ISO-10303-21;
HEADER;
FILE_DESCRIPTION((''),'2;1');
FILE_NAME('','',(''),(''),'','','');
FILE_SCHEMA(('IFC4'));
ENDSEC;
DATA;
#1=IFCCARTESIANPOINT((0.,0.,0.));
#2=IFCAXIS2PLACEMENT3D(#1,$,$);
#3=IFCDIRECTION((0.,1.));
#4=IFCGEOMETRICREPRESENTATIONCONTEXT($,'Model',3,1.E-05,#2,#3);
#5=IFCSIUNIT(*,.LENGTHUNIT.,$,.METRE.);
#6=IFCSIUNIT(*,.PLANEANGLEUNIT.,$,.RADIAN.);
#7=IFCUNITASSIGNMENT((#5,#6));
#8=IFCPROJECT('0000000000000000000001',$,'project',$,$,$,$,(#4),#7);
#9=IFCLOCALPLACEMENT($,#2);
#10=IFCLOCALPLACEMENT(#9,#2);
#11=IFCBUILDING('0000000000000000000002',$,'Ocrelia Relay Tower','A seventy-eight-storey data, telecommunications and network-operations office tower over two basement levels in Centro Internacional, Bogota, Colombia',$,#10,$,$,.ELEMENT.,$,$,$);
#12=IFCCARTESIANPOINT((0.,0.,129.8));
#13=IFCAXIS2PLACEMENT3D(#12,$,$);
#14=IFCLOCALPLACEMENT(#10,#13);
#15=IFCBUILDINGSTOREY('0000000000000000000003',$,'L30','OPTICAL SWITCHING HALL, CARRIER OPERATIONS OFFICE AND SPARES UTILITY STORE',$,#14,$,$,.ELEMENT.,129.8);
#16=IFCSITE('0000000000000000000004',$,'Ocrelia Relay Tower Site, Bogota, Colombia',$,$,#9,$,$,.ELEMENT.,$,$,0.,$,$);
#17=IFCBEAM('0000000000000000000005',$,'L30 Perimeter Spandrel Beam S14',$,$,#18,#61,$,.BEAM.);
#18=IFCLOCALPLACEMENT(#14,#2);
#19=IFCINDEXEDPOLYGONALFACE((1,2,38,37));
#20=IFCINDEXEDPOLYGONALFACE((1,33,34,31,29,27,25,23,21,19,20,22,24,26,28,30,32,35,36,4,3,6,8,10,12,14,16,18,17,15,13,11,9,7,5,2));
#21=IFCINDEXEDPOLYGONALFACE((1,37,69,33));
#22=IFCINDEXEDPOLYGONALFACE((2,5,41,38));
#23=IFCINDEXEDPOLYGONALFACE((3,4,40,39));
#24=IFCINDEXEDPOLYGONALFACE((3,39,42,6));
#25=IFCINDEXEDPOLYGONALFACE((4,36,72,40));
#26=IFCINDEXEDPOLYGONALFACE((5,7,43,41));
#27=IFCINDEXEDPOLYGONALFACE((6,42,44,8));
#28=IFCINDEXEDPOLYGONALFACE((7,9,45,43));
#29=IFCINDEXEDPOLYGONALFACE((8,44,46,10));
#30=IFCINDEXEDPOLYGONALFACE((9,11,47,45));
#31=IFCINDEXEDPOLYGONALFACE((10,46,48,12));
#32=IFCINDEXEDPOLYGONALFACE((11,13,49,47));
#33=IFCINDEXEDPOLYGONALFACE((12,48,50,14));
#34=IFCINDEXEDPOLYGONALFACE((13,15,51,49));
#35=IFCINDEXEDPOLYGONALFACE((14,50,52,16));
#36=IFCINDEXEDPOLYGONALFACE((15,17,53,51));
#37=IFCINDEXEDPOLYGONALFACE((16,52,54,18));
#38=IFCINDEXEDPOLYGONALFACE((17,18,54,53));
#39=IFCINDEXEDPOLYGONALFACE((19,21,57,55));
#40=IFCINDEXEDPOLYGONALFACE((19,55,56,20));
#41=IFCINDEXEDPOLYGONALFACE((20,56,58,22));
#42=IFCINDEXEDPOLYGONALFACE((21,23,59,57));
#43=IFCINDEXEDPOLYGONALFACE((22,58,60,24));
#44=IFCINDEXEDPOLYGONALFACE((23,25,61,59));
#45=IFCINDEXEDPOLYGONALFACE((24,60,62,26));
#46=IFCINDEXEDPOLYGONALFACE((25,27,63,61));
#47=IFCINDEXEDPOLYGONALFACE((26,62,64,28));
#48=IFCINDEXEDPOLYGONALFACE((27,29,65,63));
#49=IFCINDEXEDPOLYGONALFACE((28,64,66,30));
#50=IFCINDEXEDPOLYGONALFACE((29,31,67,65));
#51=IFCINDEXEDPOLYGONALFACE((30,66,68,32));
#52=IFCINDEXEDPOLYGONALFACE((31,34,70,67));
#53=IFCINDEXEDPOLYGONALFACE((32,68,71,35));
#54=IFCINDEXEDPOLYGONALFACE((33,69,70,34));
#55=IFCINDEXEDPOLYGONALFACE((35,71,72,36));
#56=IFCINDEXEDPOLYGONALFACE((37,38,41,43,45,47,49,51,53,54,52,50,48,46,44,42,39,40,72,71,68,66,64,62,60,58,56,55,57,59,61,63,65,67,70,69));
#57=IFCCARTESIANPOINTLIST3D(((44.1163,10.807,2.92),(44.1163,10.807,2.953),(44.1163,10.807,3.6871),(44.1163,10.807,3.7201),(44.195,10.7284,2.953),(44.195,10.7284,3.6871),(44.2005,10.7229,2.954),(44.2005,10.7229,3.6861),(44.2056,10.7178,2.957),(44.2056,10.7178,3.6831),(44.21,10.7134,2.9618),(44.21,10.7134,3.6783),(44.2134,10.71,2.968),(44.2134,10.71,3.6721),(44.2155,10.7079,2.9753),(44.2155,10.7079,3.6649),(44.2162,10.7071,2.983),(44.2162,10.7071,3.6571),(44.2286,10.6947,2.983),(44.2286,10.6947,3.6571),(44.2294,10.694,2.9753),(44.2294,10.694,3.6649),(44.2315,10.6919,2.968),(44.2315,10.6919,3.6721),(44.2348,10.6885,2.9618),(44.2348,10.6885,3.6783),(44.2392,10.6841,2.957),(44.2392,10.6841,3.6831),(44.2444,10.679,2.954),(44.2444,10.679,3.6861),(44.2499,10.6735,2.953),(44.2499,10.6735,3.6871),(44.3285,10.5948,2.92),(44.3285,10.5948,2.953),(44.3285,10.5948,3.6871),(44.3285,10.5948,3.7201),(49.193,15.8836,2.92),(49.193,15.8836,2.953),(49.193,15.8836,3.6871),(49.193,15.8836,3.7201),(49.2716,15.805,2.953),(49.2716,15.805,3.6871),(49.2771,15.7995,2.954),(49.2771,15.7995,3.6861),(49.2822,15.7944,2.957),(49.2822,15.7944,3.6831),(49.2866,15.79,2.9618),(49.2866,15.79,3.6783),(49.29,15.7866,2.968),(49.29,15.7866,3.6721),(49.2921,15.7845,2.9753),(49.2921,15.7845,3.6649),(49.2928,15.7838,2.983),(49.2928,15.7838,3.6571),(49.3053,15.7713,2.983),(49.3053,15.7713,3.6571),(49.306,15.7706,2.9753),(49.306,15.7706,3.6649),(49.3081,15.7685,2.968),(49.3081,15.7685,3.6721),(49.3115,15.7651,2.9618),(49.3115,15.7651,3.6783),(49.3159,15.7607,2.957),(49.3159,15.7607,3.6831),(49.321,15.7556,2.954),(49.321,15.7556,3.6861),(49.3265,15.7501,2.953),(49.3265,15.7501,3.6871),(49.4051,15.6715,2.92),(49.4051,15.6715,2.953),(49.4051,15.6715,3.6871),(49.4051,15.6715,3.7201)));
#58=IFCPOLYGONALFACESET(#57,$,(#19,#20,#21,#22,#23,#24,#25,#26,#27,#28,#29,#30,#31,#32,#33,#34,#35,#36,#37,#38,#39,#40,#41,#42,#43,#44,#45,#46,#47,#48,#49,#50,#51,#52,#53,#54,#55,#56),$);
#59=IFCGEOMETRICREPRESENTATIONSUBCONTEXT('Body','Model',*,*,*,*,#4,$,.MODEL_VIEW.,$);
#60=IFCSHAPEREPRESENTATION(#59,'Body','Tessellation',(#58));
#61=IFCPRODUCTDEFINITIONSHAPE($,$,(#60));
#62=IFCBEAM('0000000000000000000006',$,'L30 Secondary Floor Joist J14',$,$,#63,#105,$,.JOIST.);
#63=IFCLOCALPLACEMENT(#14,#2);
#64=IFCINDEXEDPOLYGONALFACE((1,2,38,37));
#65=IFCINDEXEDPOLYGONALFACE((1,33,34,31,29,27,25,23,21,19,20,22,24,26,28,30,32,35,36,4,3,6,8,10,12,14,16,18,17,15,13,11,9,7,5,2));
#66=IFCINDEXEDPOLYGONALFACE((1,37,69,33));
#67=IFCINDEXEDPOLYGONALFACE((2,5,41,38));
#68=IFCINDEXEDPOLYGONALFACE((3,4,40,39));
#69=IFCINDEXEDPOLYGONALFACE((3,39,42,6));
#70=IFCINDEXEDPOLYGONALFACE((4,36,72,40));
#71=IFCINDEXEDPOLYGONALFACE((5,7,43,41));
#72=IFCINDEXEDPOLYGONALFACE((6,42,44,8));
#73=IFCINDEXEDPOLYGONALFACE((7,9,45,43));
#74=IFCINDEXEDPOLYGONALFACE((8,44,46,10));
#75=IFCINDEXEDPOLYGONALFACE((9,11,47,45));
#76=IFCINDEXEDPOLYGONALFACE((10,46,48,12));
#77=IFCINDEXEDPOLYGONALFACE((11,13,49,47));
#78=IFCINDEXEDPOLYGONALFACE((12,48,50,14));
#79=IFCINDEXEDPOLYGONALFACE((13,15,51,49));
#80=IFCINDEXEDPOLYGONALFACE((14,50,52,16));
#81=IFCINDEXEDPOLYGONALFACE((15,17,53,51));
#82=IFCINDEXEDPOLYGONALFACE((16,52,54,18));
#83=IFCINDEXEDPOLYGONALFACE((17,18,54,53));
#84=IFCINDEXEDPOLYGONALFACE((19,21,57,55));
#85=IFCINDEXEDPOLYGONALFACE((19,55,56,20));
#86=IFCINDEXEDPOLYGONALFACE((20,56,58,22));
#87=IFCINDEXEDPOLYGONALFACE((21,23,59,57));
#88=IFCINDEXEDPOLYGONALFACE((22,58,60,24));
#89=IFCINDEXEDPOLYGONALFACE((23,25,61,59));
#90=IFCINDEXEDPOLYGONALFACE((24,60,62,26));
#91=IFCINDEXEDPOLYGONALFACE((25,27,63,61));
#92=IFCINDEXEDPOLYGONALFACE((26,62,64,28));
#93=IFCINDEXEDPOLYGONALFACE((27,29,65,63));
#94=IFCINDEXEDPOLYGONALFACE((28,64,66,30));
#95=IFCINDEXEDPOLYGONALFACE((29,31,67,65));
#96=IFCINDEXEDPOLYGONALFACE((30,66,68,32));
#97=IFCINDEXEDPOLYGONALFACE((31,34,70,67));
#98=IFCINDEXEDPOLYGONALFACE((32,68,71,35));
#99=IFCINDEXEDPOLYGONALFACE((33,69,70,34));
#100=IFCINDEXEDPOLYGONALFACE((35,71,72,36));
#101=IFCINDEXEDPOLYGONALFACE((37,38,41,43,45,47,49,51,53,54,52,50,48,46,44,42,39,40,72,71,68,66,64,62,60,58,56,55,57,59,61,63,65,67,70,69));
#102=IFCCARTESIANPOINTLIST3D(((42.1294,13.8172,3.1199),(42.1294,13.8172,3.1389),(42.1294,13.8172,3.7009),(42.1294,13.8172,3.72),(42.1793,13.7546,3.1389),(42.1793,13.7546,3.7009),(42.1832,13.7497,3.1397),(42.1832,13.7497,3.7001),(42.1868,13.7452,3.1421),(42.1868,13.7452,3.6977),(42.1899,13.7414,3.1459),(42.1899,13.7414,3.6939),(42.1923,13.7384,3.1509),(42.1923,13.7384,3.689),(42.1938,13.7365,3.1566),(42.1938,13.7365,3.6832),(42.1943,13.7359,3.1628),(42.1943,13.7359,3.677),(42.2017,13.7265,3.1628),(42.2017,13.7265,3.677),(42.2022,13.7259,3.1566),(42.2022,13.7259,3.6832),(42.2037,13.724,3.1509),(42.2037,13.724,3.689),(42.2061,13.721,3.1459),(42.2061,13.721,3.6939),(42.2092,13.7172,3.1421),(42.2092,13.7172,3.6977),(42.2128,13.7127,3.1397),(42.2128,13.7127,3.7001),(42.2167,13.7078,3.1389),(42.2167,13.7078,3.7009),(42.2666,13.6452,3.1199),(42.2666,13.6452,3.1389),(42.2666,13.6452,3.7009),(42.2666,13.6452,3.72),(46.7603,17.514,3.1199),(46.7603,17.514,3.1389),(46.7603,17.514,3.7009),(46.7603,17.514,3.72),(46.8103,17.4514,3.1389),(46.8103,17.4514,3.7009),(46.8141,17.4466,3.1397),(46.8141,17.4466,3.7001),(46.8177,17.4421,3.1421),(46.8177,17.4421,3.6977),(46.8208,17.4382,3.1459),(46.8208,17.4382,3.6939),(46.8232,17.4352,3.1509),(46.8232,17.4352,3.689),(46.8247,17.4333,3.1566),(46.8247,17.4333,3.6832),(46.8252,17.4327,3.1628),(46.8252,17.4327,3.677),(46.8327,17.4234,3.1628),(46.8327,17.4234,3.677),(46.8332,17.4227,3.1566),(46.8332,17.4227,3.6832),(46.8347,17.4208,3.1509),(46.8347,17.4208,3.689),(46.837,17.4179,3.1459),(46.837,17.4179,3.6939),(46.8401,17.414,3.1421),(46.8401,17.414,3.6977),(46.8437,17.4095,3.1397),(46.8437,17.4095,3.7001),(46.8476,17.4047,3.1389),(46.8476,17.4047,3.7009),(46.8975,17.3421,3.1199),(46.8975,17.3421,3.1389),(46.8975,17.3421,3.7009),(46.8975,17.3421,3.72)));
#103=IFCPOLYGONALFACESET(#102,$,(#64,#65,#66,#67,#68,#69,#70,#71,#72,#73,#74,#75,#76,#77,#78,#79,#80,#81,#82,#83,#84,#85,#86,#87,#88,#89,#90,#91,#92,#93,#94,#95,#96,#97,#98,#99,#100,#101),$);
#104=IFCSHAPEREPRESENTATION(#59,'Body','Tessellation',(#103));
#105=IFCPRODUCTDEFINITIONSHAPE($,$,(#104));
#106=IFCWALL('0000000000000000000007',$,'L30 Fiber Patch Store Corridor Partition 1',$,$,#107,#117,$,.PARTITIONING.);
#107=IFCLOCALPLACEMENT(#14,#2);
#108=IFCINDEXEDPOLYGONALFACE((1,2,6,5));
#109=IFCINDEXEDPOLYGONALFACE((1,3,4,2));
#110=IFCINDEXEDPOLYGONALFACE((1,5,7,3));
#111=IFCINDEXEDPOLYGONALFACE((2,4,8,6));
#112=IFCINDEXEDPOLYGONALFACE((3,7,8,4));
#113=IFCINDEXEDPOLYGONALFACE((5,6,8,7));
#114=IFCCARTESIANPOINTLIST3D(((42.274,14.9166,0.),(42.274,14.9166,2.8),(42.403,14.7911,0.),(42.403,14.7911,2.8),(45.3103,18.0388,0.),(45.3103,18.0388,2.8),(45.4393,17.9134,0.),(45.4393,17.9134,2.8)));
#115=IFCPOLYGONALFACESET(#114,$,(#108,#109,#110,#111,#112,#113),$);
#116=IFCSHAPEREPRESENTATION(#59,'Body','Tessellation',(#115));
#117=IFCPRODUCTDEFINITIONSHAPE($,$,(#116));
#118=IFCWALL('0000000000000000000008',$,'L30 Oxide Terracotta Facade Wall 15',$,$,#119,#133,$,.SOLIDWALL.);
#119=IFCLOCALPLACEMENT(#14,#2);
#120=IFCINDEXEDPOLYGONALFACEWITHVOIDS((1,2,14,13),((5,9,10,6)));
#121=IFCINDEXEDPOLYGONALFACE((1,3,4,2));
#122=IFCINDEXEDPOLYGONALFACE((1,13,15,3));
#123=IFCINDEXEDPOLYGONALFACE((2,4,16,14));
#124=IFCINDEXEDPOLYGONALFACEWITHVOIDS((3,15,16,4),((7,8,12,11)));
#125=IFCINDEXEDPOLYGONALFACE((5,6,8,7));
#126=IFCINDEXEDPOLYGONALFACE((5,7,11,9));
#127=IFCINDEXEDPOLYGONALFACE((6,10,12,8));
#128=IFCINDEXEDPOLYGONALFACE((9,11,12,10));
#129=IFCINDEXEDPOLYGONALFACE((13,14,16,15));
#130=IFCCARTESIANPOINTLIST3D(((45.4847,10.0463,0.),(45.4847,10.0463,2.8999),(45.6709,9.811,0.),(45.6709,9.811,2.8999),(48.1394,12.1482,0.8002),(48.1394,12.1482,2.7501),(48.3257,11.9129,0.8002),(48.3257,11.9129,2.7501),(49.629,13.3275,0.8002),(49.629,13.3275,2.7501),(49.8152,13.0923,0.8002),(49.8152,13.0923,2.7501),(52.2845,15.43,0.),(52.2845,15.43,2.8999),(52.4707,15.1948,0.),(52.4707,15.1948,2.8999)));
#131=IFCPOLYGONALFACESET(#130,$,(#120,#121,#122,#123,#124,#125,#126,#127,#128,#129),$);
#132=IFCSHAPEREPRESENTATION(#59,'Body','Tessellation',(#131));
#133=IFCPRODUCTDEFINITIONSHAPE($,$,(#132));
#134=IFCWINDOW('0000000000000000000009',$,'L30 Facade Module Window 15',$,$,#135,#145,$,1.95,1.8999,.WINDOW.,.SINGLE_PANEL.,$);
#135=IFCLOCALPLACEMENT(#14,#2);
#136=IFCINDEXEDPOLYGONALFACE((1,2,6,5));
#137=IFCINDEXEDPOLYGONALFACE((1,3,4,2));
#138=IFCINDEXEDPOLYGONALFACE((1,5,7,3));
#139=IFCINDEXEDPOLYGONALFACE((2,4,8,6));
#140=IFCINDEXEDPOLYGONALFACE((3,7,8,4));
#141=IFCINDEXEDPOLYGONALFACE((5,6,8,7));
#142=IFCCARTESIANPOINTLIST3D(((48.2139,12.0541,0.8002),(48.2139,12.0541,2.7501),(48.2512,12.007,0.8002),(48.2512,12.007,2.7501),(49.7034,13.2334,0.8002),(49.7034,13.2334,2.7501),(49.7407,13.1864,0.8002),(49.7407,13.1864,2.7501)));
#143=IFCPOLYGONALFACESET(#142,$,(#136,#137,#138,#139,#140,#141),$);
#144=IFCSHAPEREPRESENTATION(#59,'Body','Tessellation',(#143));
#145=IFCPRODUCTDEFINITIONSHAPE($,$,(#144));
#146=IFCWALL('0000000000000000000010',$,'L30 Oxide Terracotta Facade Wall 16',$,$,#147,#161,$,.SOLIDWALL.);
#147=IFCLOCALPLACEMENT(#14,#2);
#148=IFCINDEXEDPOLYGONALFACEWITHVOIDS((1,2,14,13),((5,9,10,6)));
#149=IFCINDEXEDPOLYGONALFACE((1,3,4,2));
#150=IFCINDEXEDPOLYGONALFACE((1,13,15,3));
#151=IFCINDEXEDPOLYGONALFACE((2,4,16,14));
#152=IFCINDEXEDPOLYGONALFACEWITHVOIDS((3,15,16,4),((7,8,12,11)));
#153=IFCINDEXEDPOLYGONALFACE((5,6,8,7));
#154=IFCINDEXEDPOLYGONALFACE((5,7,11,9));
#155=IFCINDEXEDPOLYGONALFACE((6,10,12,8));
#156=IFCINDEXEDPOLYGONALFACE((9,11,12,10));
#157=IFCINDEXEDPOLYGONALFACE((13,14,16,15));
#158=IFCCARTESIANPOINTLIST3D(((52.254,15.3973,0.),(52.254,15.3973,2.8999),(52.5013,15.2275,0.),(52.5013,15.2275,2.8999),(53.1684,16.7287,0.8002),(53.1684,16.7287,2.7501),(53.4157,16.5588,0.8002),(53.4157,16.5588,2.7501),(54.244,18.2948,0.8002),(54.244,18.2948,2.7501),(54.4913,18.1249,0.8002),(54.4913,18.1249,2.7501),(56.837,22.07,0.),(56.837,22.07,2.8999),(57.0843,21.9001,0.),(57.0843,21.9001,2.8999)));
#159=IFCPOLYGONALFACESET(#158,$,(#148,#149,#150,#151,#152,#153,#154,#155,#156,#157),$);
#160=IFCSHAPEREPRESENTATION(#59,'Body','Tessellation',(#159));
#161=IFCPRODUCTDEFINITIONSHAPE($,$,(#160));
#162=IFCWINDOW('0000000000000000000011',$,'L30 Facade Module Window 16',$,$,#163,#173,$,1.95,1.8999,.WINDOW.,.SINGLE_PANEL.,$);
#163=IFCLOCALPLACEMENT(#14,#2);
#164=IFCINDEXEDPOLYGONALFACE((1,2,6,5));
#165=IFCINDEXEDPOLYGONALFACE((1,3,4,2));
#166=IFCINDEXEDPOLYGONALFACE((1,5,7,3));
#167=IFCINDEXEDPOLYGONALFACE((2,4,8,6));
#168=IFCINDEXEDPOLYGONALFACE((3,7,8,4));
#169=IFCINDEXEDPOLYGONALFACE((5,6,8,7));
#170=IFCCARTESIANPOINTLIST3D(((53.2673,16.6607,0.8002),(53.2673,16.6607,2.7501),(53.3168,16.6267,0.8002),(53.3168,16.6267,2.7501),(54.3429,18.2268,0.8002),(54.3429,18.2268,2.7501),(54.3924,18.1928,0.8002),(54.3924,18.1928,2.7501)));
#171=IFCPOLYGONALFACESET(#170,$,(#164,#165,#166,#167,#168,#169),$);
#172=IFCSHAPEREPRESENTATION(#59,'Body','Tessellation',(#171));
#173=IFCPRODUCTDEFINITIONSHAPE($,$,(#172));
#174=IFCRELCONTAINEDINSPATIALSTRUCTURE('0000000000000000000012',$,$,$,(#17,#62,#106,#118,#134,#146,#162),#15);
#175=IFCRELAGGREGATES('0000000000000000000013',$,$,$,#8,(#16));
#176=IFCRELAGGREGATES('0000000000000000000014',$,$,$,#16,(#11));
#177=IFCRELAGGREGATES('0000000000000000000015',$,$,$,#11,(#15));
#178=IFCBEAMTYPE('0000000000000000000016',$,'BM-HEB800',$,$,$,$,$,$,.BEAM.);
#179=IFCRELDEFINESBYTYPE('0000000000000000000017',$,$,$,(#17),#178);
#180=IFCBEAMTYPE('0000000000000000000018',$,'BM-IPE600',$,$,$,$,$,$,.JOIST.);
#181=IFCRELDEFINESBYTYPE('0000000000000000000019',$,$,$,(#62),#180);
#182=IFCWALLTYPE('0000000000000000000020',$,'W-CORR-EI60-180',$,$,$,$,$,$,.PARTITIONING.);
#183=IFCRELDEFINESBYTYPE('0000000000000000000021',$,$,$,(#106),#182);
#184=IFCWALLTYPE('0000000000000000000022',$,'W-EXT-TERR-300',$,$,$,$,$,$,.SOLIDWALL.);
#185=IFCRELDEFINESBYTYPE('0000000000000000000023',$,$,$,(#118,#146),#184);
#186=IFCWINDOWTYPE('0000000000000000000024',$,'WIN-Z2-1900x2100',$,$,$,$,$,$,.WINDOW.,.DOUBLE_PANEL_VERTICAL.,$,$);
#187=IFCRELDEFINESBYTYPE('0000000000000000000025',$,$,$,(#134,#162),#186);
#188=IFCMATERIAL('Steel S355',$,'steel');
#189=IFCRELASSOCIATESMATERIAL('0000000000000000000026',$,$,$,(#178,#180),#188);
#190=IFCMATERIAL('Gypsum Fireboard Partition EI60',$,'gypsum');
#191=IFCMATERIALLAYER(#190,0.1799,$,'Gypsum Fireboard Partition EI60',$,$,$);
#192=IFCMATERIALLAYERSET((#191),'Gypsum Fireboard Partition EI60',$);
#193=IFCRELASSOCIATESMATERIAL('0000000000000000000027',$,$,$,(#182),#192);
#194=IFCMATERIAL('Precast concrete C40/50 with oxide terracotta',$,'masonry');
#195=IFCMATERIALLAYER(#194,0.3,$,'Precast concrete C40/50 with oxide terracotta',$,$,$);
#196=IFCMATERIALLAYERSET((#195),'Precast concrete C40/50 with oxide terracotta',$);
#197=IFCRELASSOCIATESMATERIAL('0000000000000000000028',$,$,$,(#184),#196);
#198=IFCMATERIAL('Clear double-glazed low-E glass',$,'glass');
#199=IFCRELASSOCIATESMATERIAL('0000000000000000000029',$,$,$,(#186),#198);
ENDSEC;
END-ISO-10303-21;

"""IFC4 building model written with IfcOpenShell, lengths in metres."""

from ifc_helpers import new_model, si_unit, direction, frame, frame_2d, origin, origin_2d, place, context, subcontext, project, spatial, rectangle, i_section, extrude, material, layer, layer_set, material_profile, profile_set, type_object, element, fill, save


model = new_model("IFC4")

# Units and contexts
model_context = context("Model", 3, precision=1e-05, world=origin(), true_north=direction((0.0, 1.0)))
body_context = subcontext(model_context, "Body", "Model", "MODEL_VIEW")
ifc_project = project(units=[si_unit("LENGTHUNIT", "METRE"), si_unit("PLANEANGLEUNIT", "RADIAN")], contexts=[model_context])

# Site, building, storey
site_placement = place(None, origin())
site = spatial("IfcSite", under=ifc_project, at=site_placement, Name="Ocrelia Relay Tower Site, Bogota, Colombia", CompositionType="ELEMENT", RefElevation=0.0)
building_placement = place(site_placement, origin())
building = spatial("IfcBuilding", under=site, at=building_placement, Name="Ocrelia Relay Tower", Description="A seventy-eight-storey data, telecommunications and network-operations office tower over two basement levels in Centro Internacional, Bogota, Colombia", CompositionType="ELEMENT")
storey_placement = place(building_placement, frame((0.0, 0.0, 129.8)))
storey = spatial("IfcBuildingStorey", under=building, at=storey_placement, Name="L30", Description="OPTICAL SWITCHING HALL, CARRIER OPERATIONS OFFICE AND SPARES UTILITY STORE", CompositionType="ELEMENT", Elevation=129.8)

# Beams
ifc_material_1 = material(Name="Steel S355", Category="steel")
ifc_material_profile_1 = material_profile(ifc_material_1, i_section(OverallWidth=0.3, OverallDepth=0.8, WebThickness=0.0176, FlangeThickness=0.033, FilletRadius=0.03, at=origin_2d()), Name="HEB 800")
ifc_profile_set_1 = profile_set([ifc_material_profile_1], Name="Steel S355")
beam_type_1 = type_object("IfcBeamType", Name="BM-HEB800", PredefinedType="BEAM", material=ifc_profile_set_1)
beam_1_placement = place(storey_placement, frame((44.2224, 10.7009, 3.3201), z_axis=(0.707107, 0.707107, 0.0), x_axis=(-0.707107, 0.707107, 0.0)))
element("IfcBeam", 1, at=beam_1_placement, inside=storey, type_object=beam_type_1, Name="L30 Perimeter Spandrel Beam S14", PredefinedType="BEAM", context=body_context, shape_type="SweptSolid", body=[
    extrude(i_section(OverallWidth=0.3, OverallDepth=0.8, WebThickness=0.0176, FlangeThickness=0.033, FilletRadius=0.03, at=origin_2d()), origin(), (0.0, 0.0, 1.0), 7.1794),
])
ifc_material_profile_2 = material_profile(ifc_material_1, i_section(OverallWidth=0.22, OverallDepth=0.6001, WebThickness=0.012, FlangeThickness=0.019, FilletRadius=0.0239, at=origin_2d()), Name="IPE 600")
ifc_profile_set_2 = profile_set([ifc_material_profile_2], Name="Steel S355")
beam_type_2 = type_object("IfcBeamType", Name="BM-IPE600", PredefinedType="JOIST", material=ifc_profile_set_2)
beam_2_placement = place(storey_placement, frame((42.198, 13.7312, 3.4199), z_axis=(0.78152, 0.623881, 0.0), x_axis=(-0.623881, 0.78152, 0.0)))
element("IfcBeam", 2, at=beam_2_placement, inside=storey, type_object=beam_type_2, Name="L30 Secondary Floor Joist J14", PredefinedType="JOIST", context=body_context, shape_type="SweptSolid", body=[
    extrude(i_section(OverallWidth=0.22, OverallDepth=0.6001, WebThickness=0.012, FlangeThickness=0.019, FilletRadius=0.0239, at=origin_2d()), origin(), (0.0, 0.0, 1.0), 5.9255),
])

# Wall
ifc_material_2 = material(Name="Gypsum Fireboard Partition EI60", Category="gypsum")
ifc_layer_1 = layer(ifc_material_2, 0.1799, Name="Gypsum Fireboard Partition EI60")
ifc_layer_set_1 = layer_set([ifc_layer_1], Name="Gypsum Fireboard Partition EI60")
wall_type_1 = type_object("IfcWallType", Name="W-CORR-EI60-180", PredefinedType="PARTITIONING", material=ifc_layer_set_1)
wall_1_placement = place(storey_placement, frame((42.3384, 14.8538, 0.0), z_axis=(0.0, 0.0, 1.0), x_axis=(0.697172, 0.716904, 0.0)))
element("IfcWall", 3, at=wall_1_placement, inside=storey, type_object=wall_type_1, Name="L30 Fiber Patch Store Corridor Partition 1", PredefinedType="PARTITIONING", context=body_context, shape_type="SweptSolid", body=[
    extrude(rectangle(XDim=4.3552, YDim=0.1799, at=frame_2d((2.1777, 0.0))), origin(), (0.0, 0.0, 1.0), 2.8),
])

# Walls, openings, windows
ifc_material_3 = material(Name="Precast concrete C40/50 with oxide terracotta", Category="masonry")
ifc_layer_2 = layer(ifc_material_3, 0.3, Name="Precast concrete C40/50 with oxide terracotta")
ifc_layer_set_2 = layer_set([ifc_layer_2], Name="Precast concrete C40/50 with oxide terracotta")
wall_type_2 = type_object("IfcWallType", Name="W-EXT-TERR-300", PredefinedType="SOLIDWALL", material=ifc_layer_set_2)
wall_2_placement = place(storey_placement, frame((45.5779, 9.9287, 0.0), z_axis=(0.0, 0.0, 1.0), x_axis=(0.784012, 0.620746, 0.0)))
wall_2 = element("IfcWall", 4, at=wall_2_placement, inside=storey, type_object=wall_type_2, Name="L30 Oxide Terracotta Facade Wall 15", PredefinedType="SOLIDWALL", context=body_context, shape_type="SweptSolid", body=[
    extrude(rectangle(XDim=8.6731, YDim=0.3, at=frame_2d((4.3364, 0.0))), origin(), (0.0, 0.0, 1.0), 2.8999),
])
opening_1_placement = place(wall_2_placement, frame((3.386, 0.0, 0.8)))
opening_1 = element("IfcOpeningElement", 5, at=opening_1_placement, cuts=wall_2, PredefinedType="OPENING", context=body_context, shape_type="SweptSolid", body=[
    extrude(rectangle(XDim=1.8999, YDim=1.95, at=frame_2d((0.95, 0.9751))), frame((0.0, 0.1602, 0.0), z_axis=(0.0, -1.0, 0.0), x_axis=(1.0, 0.0, 0.0)), (0.0, 0.0, 1.0), 0.3201),
])
ifc_material_4 = material(Name="Clear double-glazed low-E glass", Category="glass")
window_type = type_object("IfcWindowType", Name="WIN-Z2-1900x2100", PartitioningType="DOUBLE_PANEL_VERTICAL", PredefinedType="WINDOW", material=ifc_material_4)
window_1_placement = place(opening_1_placement, origin())
window_1 = element("IfcWindow", 6, at=window_1_placement, inside=storey, type_object=window_type, Name="L30 Facade Module Window 15", OverallHeight=1.95, OverallWidth=1.8999, PartitioningType="SINGLE_PANEL", PredefinedType="WINDOW", context=body_context, shape_type="SweptSolid", body=[
    extrude(rectangle(XDim=1.8999, YDim=1.95, at=frame_2d((0.95, 0.9751))), frame((0.0, 0.03, 0.0), z_axis=(0.0, -1.0, 0.0), x_axis=(1.0, 0.0, 0.0)), (0.0, 0.0, 1.0), 0.0601),
])
fill(opening_1, window_1)
wall_3_placement = place(storey_placement, frame((52.3777, 15.3125, 0.0), z_axis=(0.0, 0.0, 1.0), x_axis=(0.566159, 0.824296, 0.0)))
wall_3 = element("IfcWall", 7, at=wall_3_placement, inside=storey, type_object=wall_type_2, Name="L30 Oxide Terracotta Facade Wall 16", PredefinedType="SOLIDWALL", context=body_context, shape_type="SweptSolid", body=[
    extrude(rectangle(XDim=8.095, YDim=0.3, at=frame_2d((4.0474, 0.0))), origin(), (0.0, 0.0, 1.0), 2.8999),
])
opening_2_placement = place(wall_3_placement, frame((1.615, 0.0, 0.8)))
opening_2 = element("IfcOpeningElement", 8, at=opening_2_placement, cuts=wall_3, PredefinedType="OPENING", context=body_context, shape_type="SweptSolid", body=[
    extrude(rectangle(XDim=1.8999, YDim=1.95, at=frame_2d((0.95, 0.9751))), frame((0.0, 0.1602, 0.0), z_axis=(0.0, -1.0, 0.0), x_axis=(1.0, 0.0, 0.0)), (0.0, 0.0, 1.0), 0.3201),
])
window_2_placement = place(opening_2_placement, origin())
window_2 = element("IfcWindow", 9, at=window_2_placement, inside=storey, type_object=window_type, Name="L30 Facade Module Window 16", OverallHeight=1.95, OverallWidth=1.8999, PartitioningType="SINGLE_PANEL", PredefinedType="WINDOW", context=body_context, shape_type="SweptSolid", body=[
    extrude(rectangle(XDim=1.8999, YDim=1.95, at=frame_2d((0.95, 0.9751))), frame((0.0, 0.03, 0.0), z_axis=(0.0, -1.0, 0.0), x_axis=(1.0, 0.0, 0.0)), (0.0, 0.0, 1.0), 0.0601),
])
fill(opening_2, window_2)

save(model, "model.ifc")
